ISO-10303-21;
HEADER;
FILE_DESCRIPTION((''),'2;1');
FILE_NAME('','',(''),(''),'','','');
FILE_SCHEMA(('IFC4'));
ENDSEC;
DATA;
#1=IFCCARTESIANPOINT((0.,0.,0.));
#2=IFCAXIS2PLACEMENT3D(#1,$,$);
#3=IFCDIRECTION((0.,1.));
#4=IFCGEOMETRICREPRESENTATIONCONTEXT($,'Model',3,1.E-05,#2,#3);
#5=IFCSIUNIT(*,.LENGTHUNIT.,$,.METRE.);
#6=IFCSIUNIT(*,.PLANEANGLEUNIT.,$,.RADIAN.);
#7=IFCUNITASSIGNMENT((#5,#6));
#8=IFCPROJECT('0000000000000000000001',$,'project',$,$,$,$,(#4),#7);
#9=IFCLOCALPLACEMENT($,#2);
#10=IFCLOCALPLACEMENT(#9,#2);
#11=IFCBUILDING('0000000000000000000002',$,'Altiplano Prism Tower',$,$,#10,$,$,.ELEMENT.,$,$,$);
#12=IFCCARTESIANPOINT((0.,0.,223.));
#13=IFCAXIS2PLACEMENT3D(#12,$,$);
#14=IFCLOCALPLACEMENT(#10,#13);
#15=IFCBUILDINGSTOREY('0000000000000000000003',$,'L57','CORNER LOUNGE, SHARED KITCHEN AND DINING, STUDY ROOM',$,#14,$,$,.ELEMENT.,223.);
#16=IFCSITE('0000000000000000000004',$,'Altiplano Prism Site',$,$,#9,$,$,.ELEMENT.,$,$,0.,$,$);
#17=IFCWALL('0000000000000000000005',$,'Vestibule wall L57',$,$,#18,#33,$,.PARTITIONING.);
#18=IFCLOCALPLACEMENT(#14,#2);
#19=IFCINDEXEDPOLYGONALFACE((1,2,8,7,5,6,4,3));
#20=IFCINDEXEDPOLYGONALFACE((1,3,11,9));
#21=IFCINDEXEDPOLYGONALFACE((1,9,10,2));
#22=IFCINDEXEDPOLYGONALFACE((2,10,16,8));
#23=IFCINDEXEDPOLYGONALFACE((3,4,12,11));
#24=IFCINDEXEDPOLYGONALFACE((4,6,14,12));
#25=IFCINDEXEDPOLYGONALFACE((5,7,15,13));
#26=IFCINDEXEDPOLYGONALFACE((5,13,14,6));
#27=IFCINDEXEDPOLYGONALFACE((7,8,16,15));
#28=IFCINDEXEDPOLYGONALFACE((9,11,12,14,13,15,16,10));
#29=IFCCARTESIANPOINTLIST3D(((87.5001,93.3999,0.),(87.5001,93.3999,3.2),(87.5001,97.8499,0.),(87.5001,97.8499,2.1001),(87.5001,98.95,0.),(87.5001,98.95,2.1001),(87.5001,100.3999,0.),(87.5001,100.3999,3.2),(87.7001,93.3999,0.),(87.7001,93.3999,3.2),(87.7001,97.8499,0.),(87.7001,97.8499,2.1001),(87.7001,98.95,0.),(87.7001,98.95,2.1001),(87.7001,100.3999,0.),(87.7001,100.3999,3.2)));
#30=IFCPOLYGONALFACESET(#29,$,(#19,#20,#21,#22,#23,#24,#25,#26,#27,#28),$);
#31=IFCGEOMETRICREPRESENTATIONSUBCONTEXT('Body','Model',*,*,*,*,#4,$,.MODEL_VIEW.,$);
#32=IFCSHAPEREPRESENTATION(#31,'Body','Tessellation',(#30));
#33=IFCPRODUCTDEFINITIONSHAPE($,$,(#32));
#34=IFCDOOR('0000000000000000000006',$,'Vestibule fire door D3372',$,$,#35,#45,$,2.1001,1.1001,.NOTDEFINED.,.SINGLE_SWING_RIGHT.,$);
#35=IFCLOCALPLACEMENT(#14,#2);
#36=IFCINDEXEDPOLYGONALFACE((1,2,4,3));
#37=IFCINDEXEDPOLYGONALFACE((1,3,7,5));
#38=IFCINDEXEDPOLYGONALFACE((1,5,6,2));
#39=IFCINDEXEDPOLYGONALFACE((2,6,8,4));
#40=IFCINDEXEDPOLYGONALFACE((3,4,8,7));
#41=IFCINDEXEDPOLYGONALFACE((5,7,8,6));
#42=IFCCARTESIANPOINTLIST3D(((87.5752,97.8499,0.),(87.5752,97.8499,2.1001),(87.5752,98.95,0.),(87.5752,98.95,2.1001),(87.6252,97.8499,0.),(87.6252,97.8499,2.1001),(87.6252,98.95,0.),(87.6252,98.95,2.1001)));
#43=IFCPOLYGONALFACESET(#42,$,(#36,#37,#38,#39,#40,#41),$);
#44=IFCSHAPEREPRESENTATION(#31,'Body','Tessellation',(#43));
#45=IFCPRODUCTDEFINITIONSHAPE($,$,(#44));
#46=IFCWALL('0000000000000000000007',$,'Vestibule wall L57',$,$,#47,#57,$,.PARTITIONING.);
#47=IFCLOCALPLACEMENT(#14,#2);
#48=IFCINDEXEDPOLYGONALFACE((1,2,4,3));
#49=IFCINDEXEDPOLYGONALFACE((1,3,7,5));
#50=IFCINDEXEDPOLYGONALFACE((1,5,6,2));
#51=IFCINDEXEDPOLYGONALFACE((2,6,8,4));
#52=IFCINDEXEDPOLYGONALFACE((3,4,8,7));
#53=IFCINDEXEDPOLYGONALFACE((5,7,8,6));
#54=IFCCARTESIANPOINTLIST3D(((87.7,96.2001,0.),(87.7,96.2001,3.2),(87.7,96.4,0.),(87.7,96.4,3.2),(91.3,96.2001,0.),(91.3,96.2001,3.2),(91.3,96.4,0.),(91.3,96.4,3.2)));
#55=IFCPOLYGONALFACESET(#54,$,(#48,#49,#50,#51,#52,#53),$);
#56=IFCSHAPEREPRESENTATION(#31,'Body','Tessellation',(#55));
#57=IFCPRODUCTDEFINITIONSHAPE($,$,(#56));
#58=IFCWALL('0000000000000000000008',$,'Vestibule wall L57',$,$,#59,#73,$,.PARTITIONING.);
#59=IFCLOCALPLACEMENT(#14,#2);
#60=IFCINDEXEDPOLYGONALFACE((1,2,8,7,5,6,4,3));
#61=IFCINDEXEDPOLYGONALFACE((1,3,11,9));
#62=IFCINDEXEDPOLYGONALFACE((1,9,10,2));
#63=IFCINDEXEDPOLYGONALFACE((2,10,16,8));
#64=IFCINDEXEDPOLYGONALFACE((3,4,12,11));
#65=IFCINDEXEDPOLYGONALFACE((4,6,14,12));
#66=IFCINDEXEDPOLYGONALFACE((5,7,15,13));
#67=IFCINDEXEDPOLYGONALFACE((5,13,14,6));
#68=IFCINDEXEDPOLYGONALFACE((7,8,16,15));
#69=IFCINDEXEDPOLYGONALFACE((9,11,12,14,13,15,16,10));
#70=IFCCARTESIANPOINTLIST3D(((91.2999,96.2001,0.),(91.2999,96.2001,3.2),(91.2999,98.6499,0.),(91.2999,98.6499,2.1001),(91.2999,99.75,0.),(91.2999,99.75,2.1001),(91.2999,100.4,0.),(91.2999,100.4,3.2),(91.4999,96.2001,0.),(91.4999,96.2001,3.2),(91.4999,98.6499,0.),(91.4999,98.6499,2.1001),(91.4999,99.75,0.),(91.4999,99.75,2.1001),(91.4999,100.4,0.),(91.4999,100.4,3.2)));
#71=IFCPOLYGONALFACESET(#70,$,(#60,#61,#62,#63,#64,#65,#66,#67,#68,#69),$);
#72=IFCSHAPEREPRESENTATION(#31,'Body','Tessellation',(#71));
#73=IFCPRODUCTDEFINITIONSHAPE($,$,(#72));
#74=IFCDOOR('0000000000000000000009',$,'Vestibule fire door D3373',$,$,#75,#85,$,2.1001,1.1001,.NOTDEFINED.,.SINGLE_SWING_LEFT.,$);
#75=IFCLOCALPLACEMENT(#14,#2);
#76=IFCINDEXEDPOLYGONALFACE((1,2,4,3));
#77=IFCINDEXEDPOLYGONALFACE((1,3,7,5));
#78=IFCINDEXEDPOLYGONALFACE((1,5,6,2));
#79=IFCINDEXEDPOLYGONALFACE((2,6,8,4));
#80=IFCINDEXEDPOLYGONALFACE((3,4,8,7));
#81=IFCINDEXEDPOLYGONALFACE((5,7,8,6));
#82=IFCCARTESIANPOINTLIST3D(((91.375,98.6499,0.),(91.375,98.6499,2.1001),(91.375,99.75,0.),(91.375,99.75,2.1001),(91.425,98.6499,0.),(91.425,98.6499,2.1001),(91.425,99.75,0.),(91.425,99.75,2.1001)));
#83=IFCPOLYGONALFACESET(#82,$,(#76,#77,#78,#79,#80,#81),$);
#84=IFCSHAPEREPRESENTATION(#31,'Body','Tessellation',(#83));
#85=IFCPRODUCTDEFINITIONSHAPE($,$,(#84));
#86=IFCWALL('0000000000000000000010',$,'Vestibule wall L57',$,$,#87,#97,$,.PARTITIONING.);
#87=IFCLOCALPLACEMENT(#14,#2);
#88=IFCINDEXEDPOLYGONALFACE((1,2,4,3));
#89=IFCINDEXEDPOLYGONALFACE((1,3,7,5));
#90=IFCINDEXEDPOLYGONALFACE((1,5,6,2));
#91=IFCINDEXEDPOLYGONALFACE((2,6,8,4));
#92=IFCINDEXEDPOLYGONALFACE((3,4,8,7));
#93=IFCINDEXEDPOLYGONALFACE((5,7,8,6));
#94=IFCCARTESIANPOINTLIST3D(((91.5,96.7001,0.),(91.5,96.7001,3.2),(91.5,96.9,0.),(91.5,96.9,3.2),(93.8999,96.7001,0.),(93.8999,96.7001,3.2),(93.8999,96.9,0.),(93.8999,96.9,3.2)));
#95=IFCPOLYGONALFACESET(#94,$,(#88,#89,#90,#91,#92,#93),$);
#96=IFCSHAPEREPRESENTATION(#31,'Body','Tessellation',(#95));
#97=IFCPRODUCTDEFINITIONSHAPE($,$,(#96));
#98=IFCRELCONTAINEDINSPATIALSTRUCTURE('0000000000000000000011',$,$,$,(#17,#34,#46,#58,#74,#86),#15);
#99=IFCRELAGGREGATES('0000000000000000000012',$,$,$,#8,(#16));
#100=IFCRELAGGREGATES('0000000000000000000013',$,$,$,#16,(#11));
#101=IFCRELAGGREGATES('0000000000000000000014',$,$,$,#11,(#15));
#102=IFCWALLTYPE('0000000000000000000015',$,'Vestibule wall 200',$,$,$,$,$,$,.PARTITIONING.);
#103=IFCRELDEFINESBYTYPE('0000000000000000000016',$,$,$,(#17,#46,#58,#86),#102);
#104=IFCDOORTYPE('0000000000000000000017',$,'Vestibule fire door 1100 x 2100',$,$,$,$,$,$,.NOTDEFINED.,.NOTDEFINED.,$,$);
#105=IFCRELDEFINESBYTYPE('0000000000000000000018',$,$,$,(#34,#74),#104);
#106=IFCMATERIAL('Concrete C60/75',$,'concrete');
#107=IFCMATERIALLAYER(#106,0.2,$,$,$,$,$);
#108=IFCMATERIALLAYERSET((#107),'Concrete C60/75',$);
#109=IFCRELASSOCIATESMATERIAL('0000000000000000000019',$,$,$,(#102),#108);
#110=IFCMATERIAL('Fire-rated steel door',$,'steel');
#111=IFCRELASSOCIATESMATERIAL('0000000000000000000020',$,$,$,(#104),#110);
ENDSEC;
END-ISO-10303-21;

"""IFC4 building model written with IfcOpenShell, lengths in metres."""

from ifc_helpers import new_model, si_unit, direction, frame, frame_2d, origin, place, context, subcontext, project, spatial, rectangle, extrude, material, layer, layer_set, type_object, element, fill, save


model = new_model("IFC4")

# Units and contexts
model_context = context("Model", 3, precision=1e-05, world=origin(), true_north=direction((0.0, 1.0)))
body_context = subcontext(model_context, "Body", "Model", "MODEL_VIEW")
ifc_project = project(units=[si_unit("LENGTHUNIT", "METRE"), si_unit("PLANEANGLEUNIT", "RADIAN")], contexts=[model_context])

# Site, building, storey
site_placement = place(None, origin())
site = spatial("IfcSite", under=ifc_project, at=site_placement, Name="Altiplano Prism Site", CompositionType="ELEMENT", RefElevation=0.0)
building_placement = place(site_placement, origin())
building = spatial("IfcBuilding", under=site, at=building_placement, Name="Altiplano Prism Tower", CompositionType="ELEMENT")
storey_placement = place(building_placement, frame((0.0, 0.0, 223.0)))
storey = spatial("IfcBuildingStorey", under=building, at=storey_placement, Name="L57", Description="CORNER LOUNGE, SHARED KITCHEN AND DINING, STUDY ROOM", CompositionType="ELEMENT", Elevation=223.0)

# Shared definitions
ifc_material_1 = material(Name="Concrete C60/75", Category="concrete")

# Shared definitions
ifc_material_2 = material(Name="Fire-rated steel door", Category="steel")

# Wall, opening, door
ifc_layer_1 = layer(ifc_material_1, 0.2)
ifc_layer_set_1 = layer_set([ifc_layer_1], Name="Concrete C60/75")
wall_type_1 = type_object("IfcWallType", Name="Vestibule wall 200", PredefinedType="PARTITIONING", material=ifc_layer_set_1)
wall_1_placement = place(storey_placement, frame((87.6001, 93.3999, 0.0), z_axis=(0.0, 0.0, 1.0), x_axis=(0.0, 1.0, 0.0)))
wall_1 = element("IfcWall", 1, at=wall_1_placement, inside=storey, type_object=wall_type_1, Name="Vestibule wall L57", PredefinedType="PARTITIONING", context=body_context, shape_type="SweptSolid", body=[
    extrude(rectangle(XDim=7.0, YDim=0.2, at=frame_2d((3.5, 0.0))), origin(), (0.0, 0.0, 1.0), 3.2),
])
opening_1_placement = place(wall_1_placement, frame((4.45, 0.0, 0.0)))
opening_1 = element("IfcOpeningElement", 2, at=opening_1_placement, cuts=wall_1, PredefinedType="OPENING", context=body_context, shape_type="SweptSolid", body=[
    extrude(rectangle(XDim=1.1001, YDim=2.1001, at=frame_2d((0.55, 1.05))), frame((0.0, 0.1104, 0.0), z_axis=(0.0, -1.0, 0.0), x_axis=(1.0, 0.0, 0.0)), (0.0, 0.0, 1.0), 0.2209),
])
door_type_1 = type_object("IfcDoorType", Name="Vestibule fire door 1100 x 2100", OperationType="NOTDEFINED", PredefinedType="NOTDEFINED", material=ifc_material_2)
door_1_placement = place(opening_1_placement, origin())
door_1 = element("IfcDoor", 3, at=door_1_placement, inside=storey, type_object=door_type_1, Name="Vestibule fire door D3372", OperationType="SINGLE_SWING_RIGHT", OverallHeight=2.1001, OverallWidth=1.1001, PredefinedType="NOTDEFINED", context=body_context, shape_type="SweptSolid", body=[
    extrude(rectangle(XDim=1.1001, YDim=2.1001, at=frame_2d((0.55, 1.05))), frame((0.0, 0.0249, 0.0), z_axis=(0.0, -1.0, 0.0), x_axis=(1.0, 0.0, 0.0)), (0.0, 0.0, 1.0), 0.05),
])
fill(opening_1, door_1)

# Wall
wall_2_placement = place(storey_placement, frame((87.7, 96.3, 0.0), z_axis=(0.0, 0.0, 1.0), x_axis=(1.0, 0.0, 0.0)))
element("IfcWall", 4, at=wall_2_placement, inside=storey, type_object=wall_type_1, Name="Vestibule wall L57", PredefinedType="PARTITIONING", context=body_context, shape_type="SweptSolid", body=[
    extrude(rectangle(XDim=3.6001, YDim=0.2, at=frame_2d((1.8, 0.0))), origin(), (0.0, 0.0, 1.0), 3.2),
])

# Wall, opening, door
wall_3_placement = place(storey_placement, frame((91.3999, 96.2, 0.0), z_axis=(0.0, 0.0, 1.0), x_axis=(0.0, 1.0, 0.0)))
wall_3 = element("IfcWall", 5, at=wall_3_placement, inside=storey, type_object=wall_type_1, Name="Vestibule wall L57", PredefinedType="PARTITIONING", context=body_context, shape_type="SweptSolid", body=[
    extrude(rectangle(XDim=4.2, YDim=0.2, at=frame_2d((2.1001, 0.0))), origin(), (0.0, 0.0, 1.0), 3.2),
])
opening_2_placement = place(wall_3_placement, frame((2.45, 0.0, 0.0)))
opening_2 = element("IfcOpeningElement", 6, at=opening_2_placement, cuts=wall_3, PredefinedType="OPENING", context=body_context, shape_type="SweptSolid", body=[
    extrude(rectangle(XDim=1.1001, YDim=2.1001, at=frame_2d((0.55, 1.05))), frame((0.0, 0.1104, 0.0), z_axis=(0.0, -1.0, 0.0), x_axis=(1.0, 0.0, 0.0)), (0.0, 0.0, 1.0), 0.2209),
])
door_2_placement = place(opening_2_placement, origin())
door_2 = element("IfcDoor", 7, at=door_2_placement, inside=storey, type_object=door_type_1, Name="Vestibule fire door D3373", OperationType="SINGLE_SWING_LEFT", OverallHeight=2.1001, OverallWidth=1.1001, PredefinedType="NOTDEFINED", context=body_context, shape_type="SweptSolid", body=[
    extrude(rectangle(XDim=1.1001, YDim=2.1001, at=frame_2d((0.55, 1.05))), frame((0.0, 0.0249, 0.0), z_axis=(0.0, -1.0, 0.0), x_axis=(1.0, 0.0, 0.0)), (0.0, 0.0, 1.0), 0.05),
])
fill(opening_2, door_2)

# Wall
wall_4_placement = place(storey_placement, frame((91.5, 96.8, 0.0), z_axis=(0.0, 0.0, 1.0), x_axis=(1.0, 0.0, 0.0)))
element("IfcWall", 8, at=wall_4_placement, inside=storey, type_object=wall_type_1, Name="Vestibule wall L57", PredefinedType="PARTITIONING", context=body_context, shape_type="SweptSolid", body=[
    extrude(rectangle(XDim=2.3999, YDim=0.2, at=frame_2d((1.2, 0.0))), origin(), (0.0, 0.0, 1.0), 3.2),
])

save(model, "model.ifc")
